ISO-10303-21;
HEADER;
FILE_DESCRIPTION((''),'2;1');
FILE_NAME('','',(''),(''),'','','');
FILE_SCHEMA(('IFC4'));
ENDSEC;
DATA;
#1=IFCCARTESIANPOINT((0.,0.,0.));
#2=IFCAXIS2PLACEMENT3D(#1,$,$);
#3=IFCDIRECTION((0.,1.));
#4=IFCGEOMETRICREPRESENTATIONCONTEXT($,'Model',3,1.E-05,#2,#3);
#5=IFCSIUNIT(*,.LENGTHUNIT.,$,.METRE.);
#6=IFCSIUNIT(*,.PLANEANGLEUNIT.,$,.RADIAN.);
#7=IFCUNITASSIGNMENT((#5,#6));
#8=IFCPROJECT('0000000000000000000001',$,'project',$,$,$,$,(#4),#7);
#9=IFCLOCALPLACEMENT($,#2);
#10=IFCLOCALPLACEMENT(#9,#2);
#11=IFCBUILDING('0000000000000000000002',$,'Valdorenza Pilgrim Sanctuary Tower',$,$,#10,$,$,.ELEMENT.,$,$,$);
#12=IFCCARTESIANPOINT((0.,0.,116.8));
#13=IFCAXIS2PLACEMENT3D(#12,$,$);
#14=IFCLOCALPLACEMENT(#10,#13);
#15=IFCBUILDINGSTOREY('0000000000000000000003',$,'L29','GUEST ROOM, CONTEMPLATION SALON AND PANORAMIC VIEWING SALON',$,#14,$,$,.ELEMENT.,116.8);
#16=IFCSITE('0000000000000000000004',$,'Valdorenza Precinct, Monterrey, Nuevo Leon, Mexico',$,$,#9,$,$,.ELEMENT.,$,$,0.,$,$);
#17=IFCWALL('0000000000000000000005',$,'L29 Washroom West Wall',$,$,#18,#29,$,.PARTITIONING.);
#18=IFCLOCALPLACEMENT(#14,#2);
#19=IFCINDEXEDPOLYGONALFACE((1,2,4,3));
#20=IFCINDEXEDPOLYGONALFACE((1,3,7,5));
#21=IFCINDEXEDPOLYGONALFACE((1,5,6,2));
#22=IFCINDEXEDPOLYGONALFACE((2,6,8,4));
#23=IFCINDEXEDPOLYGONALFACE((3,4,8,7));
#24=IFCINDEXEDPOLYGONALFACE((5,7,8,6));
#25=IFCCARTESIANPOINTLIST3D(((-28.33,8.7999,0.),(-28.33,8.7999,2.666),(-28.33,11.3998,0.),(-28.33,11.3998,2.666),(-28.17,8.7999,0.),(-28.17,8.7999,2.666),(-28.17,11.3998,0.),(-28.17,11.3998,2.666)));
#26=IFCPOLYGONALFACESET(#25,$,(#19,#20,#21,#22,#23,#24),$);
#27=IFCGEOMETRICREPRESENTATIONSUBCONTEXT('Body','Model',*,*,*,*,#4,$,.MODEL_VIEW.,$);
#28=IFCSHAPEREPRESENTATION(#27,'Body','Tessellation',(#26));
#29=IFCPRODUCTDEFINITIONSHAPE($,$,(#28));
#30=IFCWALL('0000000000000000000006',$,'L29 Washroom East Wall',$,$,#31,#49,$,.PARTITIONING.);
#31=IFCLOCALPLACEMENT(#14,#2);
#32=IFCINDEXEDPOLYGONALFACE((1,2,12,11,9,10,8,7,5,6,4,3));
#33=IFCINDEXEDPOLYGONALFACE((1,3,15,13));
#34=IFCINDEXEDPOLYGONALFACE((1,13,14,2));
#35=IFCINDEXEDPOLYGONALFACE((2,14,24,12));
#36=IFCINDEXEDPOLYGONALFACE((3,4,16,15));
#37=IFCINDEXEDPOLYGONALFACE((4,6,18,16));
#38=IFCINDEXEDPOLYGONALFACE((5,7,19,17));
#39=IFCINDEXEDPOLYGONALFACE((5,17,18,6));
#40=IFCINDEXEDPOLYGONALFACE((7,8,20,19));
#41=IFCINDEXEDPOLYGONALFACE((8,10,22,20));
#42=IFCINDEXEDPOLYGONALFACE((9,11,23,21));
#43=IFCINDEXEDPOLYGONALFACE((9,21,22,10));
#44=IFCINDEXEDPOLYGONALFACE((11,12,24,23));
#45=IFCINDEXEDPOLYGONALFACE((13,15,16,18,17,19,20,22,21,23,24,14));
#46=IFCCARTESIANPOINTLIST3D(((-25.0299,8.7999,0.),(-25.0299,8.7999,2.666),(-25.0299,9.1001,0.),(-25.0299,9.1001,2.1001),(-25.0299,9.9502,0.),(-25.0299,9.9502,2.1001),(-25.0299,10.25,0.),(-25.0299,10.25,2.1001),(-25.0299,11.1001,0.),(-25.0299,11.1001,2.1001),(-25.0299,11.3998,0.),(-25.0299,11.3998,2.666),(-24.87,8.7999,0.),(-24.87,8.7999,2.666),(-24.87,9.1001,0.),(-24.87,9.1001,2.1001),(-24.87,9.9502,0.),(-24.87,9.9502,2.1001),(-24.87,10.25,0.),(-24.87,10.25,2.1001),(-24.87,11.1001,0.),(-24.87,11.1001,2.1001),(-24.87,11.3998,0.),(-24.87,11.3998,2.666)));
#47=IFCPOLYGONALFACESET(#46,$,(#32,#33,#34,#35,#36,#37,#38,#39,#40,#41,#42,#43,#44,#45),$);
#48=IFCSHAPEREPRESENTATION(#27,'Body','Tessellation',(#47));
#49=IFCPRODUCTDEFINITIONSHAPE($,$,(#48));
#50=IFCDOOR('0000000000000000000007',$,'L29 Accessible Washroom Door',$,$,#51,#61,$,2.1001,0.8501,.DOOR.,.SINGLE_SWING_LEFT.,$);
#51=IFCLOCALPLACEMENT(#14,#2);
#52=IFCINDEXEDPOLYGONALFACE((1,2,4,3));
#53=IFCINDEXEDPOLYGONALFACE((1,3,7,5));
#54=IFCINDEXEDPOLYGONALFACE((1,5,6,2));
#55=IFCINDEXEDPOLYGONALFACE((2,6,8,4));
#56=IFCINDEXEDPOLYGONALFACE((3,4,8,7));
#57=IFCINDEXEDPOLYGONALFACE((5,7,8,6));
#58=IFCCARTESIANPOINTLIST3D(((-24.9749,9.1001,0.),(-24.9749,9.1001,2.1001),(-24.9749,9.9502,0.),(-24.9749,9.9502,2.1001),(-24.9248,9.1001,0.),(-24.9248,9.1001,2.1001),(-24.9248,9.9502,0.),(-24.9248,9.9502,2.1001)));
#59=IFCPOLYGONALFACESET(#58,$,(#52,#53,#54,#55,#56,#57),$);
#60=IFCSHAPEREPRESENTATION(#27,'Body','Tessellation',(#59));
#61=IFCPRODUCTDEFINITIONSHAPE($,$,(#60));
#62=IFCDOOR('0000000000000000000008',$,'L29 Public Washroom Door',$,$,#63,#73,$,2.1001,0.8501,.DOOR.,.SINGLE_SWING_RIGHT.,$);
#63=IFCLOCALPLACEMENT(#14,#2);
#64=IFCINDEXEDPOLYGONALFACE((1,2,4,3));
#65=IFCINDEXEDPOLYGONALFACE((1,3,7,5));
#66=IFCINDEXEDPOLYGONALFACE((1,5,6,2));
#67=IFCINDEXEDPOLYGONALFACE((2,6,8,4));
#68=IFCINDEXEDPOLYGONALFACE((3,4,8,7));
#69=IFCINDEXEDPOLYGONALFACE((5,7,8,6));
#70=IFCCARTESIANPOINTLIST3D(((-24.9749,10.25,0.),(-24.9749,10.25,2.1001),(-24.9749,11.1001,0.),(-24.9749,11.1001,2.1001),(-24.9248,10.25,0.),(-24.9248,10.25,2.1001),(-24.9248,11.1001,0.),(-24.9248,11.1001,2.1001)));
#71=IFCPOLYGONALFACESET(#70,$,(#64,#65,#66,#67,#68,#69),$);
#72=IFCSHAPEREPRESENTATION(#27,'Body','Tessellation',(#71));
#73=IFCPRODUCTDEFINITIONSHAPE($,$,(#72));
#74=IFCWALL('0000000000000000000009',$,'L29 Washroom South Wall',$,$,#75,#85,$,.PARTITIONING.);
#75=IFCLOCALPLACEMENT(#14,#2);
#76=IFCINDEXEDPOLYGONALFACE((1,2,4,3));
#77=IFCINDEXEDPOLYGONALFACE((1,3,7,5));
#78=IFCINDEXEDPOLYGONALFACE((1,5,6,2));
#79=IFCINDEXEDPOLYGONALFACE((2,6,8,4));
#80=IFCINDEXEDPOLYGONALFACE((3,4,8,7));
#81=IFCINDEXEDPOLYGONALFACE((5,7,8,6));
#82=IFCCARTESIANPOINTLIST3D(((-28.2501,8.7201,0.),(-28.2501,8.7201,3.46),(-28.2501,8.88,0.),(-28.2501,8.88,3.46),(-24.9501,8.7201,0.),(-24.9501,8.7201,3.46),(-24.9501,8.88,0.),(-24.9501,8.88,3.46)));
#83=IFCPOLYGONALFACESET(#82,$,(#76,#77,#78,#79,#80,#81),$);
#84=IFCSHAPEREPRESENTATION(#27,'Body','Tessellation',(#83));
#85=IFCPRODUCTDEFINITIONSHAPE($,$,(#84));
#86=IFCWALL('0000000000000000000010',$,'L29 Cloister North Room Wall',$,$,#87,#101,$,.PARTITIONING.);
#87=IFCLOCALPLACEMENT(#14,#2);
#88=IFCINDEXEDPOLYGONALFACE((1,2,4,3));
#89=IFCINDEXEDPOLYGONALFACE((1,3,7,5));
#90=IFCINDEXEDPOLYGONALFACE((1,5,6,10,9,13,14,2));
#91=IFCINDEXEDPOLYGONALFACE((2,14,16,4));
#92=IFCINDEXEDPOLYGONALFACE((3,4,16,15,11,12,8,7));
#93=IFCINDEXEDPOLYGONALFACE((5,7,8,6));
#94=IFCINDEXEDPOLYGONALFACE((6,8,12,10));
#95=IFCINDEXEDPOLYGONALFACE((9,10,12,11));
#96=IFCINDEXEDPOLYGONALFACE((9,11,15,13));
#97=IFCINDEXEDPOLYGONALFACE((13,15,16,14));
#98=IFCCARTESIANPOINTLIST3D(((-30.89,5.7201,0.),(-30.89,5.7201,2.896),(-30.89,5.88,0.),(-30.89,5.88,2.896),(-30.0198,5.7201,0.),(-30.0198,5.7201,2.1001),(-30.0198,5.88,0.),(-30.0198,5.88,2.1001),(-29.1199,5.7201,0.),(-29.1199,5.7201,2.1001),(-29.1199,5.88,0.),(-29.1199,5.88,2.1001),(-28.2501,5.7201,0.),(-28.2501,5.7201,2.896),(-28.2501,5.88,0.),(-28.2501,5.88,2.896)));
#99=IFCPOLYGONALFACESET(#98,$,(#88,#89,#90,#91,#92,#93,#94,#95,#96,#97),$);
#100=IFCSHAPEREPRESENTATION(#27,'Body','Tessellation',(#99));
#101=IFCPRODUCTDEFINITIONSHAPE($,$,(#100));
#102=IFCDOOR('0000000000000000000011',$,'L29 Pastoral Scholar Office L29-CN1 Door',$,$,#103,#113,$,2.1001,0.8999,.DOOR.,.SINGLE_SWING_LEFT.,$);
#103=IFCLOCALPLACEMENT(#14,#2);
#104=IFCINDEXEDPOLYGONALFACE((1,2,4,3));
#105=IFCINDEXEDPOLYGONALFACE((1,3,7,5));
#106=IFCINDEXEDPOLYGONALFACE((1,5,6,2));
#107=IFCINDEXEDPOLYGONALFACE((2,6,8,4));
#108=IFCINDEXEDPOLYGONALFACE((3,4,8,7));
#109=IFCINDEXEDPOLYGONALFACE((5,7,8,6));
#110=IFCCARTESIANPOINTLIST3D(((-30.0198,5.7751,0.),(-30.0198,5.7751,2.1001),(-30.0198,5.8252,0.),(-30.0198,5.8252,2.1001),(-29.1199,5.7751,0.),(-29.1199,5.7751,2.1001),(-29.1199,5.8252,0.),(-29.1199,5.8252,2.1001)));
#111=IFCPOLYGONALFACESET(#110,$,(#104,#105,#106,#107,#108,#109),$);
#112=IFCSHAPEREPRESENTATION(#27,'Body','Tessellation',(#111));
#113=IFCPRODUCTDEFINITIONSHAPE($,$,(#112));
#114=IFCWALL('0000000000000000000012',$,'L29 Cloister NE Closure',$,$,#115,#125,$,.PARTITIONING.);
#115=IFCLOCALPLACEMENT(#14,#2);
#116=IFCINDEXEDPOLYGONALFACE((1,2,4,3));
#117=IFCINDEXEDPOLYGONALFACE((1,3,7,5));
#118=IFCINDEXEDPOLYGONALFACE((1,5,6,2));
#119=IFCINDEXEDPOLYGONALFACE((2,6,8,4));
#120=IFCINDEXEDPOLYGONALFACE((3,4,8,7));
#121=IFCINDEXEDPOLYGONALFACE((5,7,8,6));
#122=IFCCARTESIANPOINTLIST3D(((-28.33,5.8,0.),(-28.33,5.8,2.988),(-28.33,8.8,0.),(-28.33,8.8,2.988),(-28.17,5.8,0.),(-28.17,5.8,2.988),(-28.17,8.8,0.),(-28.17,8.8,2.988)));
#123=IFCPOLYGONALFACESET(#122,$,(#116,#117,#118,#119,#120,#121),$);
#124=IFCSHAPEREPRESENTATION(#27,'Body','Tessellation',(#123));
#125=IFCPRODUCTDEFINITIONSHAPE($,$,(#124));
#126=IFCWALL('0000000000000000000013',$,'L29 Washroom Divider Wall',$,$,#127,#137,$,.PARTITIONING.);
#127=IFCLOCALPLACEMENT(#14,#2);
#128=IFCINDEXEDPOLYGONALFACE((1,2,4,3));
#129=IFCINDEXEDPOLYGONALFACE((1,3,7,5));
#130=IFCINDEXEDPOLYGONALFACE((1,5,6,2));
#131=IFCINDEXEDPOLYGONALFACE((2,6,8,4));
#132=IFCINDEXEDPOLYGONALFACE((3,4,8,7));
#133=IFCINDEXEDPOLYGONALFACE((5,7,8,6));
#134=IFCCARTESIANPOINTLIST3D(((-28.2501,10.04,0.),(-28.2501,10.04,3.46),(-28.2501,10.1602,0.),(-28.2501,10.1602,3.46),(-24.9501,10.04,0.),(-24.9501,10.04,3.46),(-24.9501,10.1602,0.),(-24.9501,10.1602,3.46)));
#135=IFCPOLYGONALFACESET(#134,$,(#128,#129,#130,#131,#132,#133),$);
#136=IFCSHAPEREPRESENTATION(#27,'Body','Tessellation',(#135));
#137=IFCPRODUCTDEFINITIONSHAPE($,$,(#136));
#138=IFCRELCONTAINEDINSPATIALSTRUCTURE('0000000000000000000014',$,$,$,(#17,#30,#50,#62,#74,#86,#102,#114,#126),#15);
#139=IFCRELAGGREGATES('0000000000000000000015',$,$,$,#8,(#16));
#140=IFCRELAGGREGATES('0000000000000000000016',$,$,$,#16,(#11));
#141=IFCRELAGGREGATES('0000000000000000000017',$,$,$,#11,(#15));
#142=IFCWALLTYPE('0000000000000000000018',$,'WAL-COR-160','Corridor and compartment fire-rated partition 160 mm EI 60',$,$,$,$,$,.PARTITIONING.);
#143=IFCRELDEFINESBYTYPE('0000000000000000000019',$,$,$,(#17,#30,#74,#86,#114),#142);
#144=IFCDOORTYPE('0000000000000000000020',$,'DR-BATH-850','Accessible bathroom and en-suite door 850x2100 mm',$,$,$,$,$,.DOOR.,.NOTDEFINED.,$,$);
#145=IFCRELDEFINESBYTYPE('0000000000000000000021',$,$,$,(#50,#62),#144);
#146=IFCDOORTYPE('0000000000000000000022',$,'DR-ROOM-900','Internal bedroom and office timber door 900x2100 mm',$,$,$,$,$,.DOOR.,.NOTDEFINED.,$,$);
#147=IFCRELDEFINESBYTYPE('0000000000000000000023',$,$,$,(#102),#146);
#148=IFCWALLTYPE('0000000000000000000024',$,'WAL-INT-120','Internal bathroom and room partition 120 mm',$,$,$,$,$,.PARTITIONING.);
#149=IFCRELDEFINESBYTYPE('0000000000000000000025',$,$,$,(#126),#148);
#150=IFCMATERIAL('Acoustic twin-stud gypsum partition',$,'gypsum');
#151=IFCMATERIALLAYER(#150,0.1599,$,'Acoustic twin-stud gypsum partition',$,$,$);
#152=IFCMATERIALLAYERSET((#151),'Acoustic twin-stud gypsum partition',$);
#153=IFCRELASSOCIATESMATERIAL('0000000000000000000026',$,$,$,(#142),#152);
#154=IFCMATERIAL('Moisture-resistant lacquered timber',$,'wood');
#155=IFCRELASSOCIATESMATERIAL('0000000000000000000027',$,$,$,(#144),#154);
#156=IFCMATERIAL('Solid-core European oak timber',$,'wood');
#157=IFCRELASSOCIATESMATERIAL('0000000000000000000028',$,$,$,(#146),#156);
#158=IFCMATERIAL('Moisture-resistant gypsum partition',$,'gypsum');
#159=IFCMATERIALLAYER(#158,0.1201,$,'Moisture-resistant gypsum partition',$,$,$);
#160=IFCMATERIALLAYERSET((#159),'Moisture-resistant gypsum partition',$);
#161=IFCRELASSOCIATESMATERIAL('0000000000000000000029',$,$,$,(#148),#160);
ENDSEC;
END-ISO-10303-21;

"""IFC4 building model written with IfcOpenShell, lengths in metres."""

from ifc_helpers import new_model, si_unit, direction, frame, frame_2d, origin, place, context, subcontext, project, spatial, rectangle, extrude, material, layer, layer_set, type_object, element, fill, save


model = new_model("IFC4")

# Units and contexts
model_context = context("Model", 3, precision=1e-05, world=origin(), true_north=direction((0.0, 1.0)))
body_context = subcontext(model_context, "Body", "Model", "MODEL_VIEW")
ifc_project = project(units=[si_unit("LENGTHUNIT", "METRE"), si_unit("PLANEANGLEUNIT", "RADIAN")], contexts=[model_context])

# Site, building, storey
site_placement = place(None, origin())
site = spatial("IfcSite", under=ifc_project, at=site_placement, Name="Valdorenza Precinct, Monterrey, Nuevo Leon, Mexico", CompositionType="ELEMENT", RefElevation=0.0)
building_placement = place(site_placement, origin())
building = spatial("IfcBuilding", under=site, at=building_placement, Name="Valdorenza Pilgrim Sanctuary Tower", CompositionType="ELEMENT")
storey_placement = place(building_placement, frame((0.0, 0.0, 116.8)))
storey = spatial("IfcBuildingStorey", under=building, at=storey_placement, Name="L29", Description="GUEST ROOM, CONTEMPLATION SALON AND PANORAMIC VIEWING SALON", CompositionType="ELEMENT", Elevation=116.8)

# Wall
ifc_material_1 = material(Name="Acoustic twin-stud gypsum partition", Category="gypsum")
ifc_layer_1 = layer(ifc_material_1, 0.1599, Name="Acoustic twin-stud gypsum partition")
ifc_layer_set_1 = layer_set([ifc_layer_1], Name="Acoustic twin-stud gypsum partition")
wall_type_1 = type_object("IfcWallType", Name="WAL-COR-160", Description="Corridor and compartment fire-rated partition 160 mm EI 60", PredefinedType="PARTITIONING", material=ifc_layer_set_1)
wall_1_placement = place(storey_placement, frame((-28.25, 8.8, 0.0), z_axis=(0.0, 0.0, 1.0), x_axis=(0.0, 1.0, 0.0)))
element("IfcWall", 1, at=wall_1_placement, inside=storey, type_object=wall_type_1, Name="L29 Washroom West Wall", PredefinedType="PARTITIONING", context=body_context, shape_type="SweptSolid", body=[
    extrude(rectangle(XDim=2.5999, YDim=0.1599, at=frame_2d((1.2998, 0.0))), origin(), (0.0, 0.0, 1.0), 2.666),
])

# Wall, openings, doors
wall_2_placement = place(storey_placement, frame((-24.95, 8.8, 0.0), z_axis=(0.0, 0.0, 1.0), x_axis=(0.0, 1.0, 0.0)))
wall_2 = element("IfcWall", 2, at=wall_2_placement, inside=storey, type_object=wall_type_1, Name="L29 Washroom East Wall", PredefinedType="PARTITIONING", context=body_context, shape_type="SweptSolid", body=[
    extrude(rectangle(XDim=2.5999, YDim=0.1599, at=frame_2d((1.2998, 0.0))), origin(), (0.0, 0.0, 1.0), 2.666),
])
opening_1_placement = place(wall_2_placement, frame((0.3, 0.0, 0.0)))
opening_1 = element("IfcOpeningElement", 3, at=opening_1_placement, cuts=wall_2, PredefinedType="OPENING", context=body_context, shape_type="SweptSolid", body=[
    extrude(rectangle(XDim=0.8501, YDim=2.1001, at=frame_2d((0.425, 1.05))), frame((0.0, 0.0947, 0.0), z_axis=(0.0, -1.0, 0.0), x_axis=(1.0, 0.0, 0.0)), (0.0, 0.0, 1.0), 0.1897),
])
opening_2_placement = place(wall_2_placement, frame((1.45, 0.0, 0.0)))
opening_2 = element("IfcOpeningElement", 4, at=opening_2_placement, cuts=wall_2, PredefinedType="OPENING", context=body_context, shape_type="SweptSolid", body=[
    extrude(rectangle(XDim=0.8501, YDim=2.1001, at=frame_2d((0.425, 1.05))), frame((0.0, 0.0947, 0.0), z_axis=(0.0, -1.0, 0.0), x_axis=(1.0, 0.0, 0.0)), (0.0, 0.0, 1.0), 0.1897),
])
ifc_material_2 = material(Name="Moisture-resistant lacquered timber", Category="wood")
door_type_1 = type_object("IfcDoorType", Name="DR-BATH-850", Description="Accessible bathroom and en-suite door 850x2100 mm", OperationType="NOTDEFINED", PredefinedType="DOOR", material=ifc_material_2)
door_1_placement = place(opening_1_placement, origin())
door_1 = element("IfcDoor", 5, at=door_1_placement, inside=storey, type_object=door_type_1, Name="L29 Accessible Washroom Door", OperationType="SINGLE_SWING_LEFT", OverallHeight=2.1001, OverallWidth=0.8501, PredefinedType="DOOR", context=body_context, shape_type="SweptSolid", body=[
    extrude(rectangle(XDim=0.8501, YDim=2.1001, at=frame_2d((0.425, 1.05))), frame((0.0, 0.0249, 0.0), z_axis=(0.0, -1.0, 0.0), x_axis=(1.0, 0.0, 0.0)), (0.0, 0.0, 1.0), 0.05),
])
fill(opening_1, door_1)
door_2_placement = place(opening_2_placement, origin())
door_2 = element("IfcDoor", 6, at=door_2_placement, inside=storey, type_object=door_type_1, Name="L29 Public Washroom Door", OperationType="SINGLE_SWING_RIGHT", OverallHeight=2.1001, OverallWidth=0.8501, PredefinedType="DOOR", context=body_context, shape_type="SweptSolid", body=[
    extrude(rectangle(XDim=0.8501, YDim=2.1001, at=frame_2d((0.425, 1.05))), frame((0.0, 0.0249, 0.0), z_axis=(0.0, -1.0, 0.0), x_axis=(1.0, 0.0, 0.0)), (0.0, 0.0, 1.0), 0.05),
])
fill(opening_2, door_2)

# Wall
wall_3_placement = place(storey_placement, frame((-28.25, 8.8, 0.0), z_axis=(0.0, 0.0, 1.0), x_axis=(1.0, 0.0, 0.0)))
element("IfcWall", 7, at=wall_3_placement, inside=storey, type_object=wall_type_1, Name="L29 Washroom South Wall", PredefinedType="PARTITIONING", context=body_context, shape_type="SweptSolid", body=[
    extrude(rectangle(XDim=3.3, YDim=0.1599, at=frame_2d((1.6499, 0.0))), origin(), (0.0, 0.0, 1.0), 3.46),
])

# Wall, opening, door
wall_4_placement = place(storey_placement, frame((-30.8899, 5.8, 0.0), z_axis=(0.0, 0.0, 1.0), x_axis=(1.0, 0.0, 0.0)))
wall_4 = element("IfcWall", 8, at=wall_4_placement, inside=storey, type_object=wall_type_1, Name="L29 Cloister North Room Wall", PredefinedType="PARTITIONING", context=body_context, shape_type="SweptSolid", body=[
    extrude(rectangle(XDim=2.6399, YDim=0.1599, at=frame_2d((1.3198, 0.0))), origin(), (0.0, 0.0, 1.0), 2.896),
])
opening_3_placement = place(wall_4_placement, frame((0.8701, 0.0, 0.0)))
opening_3 = element("IfcOpeningElement", 9, at=opening_3_placement, cuts=wall_4, PredefinedType="OPENING", context=body_context, shape_type="SweptSolid", body=[
    extrude(rectangle(XDim=0.8999, YDim=2.1001, at=frame_2d((0.45, 1.05))), frame((0.0, 0.0947, 0.0), z_axis=(0.0, -1.0, 0.0), x_axis=(1.0, 0.0, 0.0)), (0.0, 0.0, 1.0), 0.1897),
])
ifc_material_3 = material(Name="Solid-core European oak timber", Category="wood")
door_type_2 = type_object("IfcDoorType", Name="DR-ROOM-900", Description="Internal bedroom and office timber door 900x2100 mm", OperationType="NOTDEFINED", PredefinedType="DOOR", material=ifc_material_3)
door_3_placement = place(opening_3_placement, frame((0.8999, 0.0, 0.0), z_axis=(0.0, 0.0, 1.0), x_axis=(-1.0, 0.0, 0.0)))
door_3 = element("IfcDoor", 10, at=door_3_placement, inside=storey, type_object=door_type_2, Name="L29 Pastoral Scholar Office L29-CN1 Door", OperationType="SINGLE_SWING_LEFT", OverallHeight=2.1001, OverallWidth=0.8999, PredefinedType="DOOR", context=body_context, shape_type="SweptSolid", body=[
    extrude(rectangle(XDim=0.8999, YDim=2.1001, at=frame_2d((0.45, 1.05))), frame((0.0, 0.0249, 0.0), z_axis=(0.0, -1.0, 0.0), x_axis=(1.0, 0.0, 0.0)), (0.0, 0.0, 1.0), 0.05),
])
fill(opening_3, door_3)

# Walls
wall_5_placement = place(storey_placement, frame((-28.25, 5.8, 0.0), z_axis=(0.0, 0.0, 1.0), x_axis=(0.0, 1.0, 0.0)))
element("IfcWall", 11, at=wall_5_placement, inside=storey, type_object=wall_type_1, Name="L29 Cloister NE Closure", PredefinedType="PARTITIONING", context=body_context, shape_type="SweptSolid", body=[
    extrude(rectangle(XDim=3.0, YDim=0.1599, at=frame_2d((1.5, 0.0))), origin(), (0.0, 0.0, 1.0), 2.988),
])
ifc_material_4 = material(Name="Moisture-resistant gypsum partition", Category="gypsum")
ifc_layer_2 = layer(ifc_material_4, 0.1201, Name="Moisture-resistant gypsum partition")
ifc_layer_set_2 = layer_set([ifc_layer_2], Name="Moisture-resistant gypsum partition")
wall_type_2 = type_object("IfcWallType", Name="WAL-INT-120", Description="Internal bathroom and room partition 120 mm", PredefinedType="PARTITIONING", material=ifc_layer_set_2)
wall_6_placement = place(storey_placement, frame((-28.25, 10.1001, 0.0), z_axis=(0.0, 0.0, 1.0), x_axis=(1.0, 0.0, 0.0)))
element("IfcWall", 12, at=wall_6_placement, inside=storey, type_object=wall_type_2, Name="L29 Washroom Divider Wall", PredefinedType="PARTITIONING", context=body_context, shape_type="SweptSolid", body=[
    extrude(rectangle(XDim=3.3, YDim=0.1201, at=frame_2d((1.6499, 0.0))), origin(), (0.0, 0.0, 1.0), 3.46),
])

save(model, "model.ifc")
